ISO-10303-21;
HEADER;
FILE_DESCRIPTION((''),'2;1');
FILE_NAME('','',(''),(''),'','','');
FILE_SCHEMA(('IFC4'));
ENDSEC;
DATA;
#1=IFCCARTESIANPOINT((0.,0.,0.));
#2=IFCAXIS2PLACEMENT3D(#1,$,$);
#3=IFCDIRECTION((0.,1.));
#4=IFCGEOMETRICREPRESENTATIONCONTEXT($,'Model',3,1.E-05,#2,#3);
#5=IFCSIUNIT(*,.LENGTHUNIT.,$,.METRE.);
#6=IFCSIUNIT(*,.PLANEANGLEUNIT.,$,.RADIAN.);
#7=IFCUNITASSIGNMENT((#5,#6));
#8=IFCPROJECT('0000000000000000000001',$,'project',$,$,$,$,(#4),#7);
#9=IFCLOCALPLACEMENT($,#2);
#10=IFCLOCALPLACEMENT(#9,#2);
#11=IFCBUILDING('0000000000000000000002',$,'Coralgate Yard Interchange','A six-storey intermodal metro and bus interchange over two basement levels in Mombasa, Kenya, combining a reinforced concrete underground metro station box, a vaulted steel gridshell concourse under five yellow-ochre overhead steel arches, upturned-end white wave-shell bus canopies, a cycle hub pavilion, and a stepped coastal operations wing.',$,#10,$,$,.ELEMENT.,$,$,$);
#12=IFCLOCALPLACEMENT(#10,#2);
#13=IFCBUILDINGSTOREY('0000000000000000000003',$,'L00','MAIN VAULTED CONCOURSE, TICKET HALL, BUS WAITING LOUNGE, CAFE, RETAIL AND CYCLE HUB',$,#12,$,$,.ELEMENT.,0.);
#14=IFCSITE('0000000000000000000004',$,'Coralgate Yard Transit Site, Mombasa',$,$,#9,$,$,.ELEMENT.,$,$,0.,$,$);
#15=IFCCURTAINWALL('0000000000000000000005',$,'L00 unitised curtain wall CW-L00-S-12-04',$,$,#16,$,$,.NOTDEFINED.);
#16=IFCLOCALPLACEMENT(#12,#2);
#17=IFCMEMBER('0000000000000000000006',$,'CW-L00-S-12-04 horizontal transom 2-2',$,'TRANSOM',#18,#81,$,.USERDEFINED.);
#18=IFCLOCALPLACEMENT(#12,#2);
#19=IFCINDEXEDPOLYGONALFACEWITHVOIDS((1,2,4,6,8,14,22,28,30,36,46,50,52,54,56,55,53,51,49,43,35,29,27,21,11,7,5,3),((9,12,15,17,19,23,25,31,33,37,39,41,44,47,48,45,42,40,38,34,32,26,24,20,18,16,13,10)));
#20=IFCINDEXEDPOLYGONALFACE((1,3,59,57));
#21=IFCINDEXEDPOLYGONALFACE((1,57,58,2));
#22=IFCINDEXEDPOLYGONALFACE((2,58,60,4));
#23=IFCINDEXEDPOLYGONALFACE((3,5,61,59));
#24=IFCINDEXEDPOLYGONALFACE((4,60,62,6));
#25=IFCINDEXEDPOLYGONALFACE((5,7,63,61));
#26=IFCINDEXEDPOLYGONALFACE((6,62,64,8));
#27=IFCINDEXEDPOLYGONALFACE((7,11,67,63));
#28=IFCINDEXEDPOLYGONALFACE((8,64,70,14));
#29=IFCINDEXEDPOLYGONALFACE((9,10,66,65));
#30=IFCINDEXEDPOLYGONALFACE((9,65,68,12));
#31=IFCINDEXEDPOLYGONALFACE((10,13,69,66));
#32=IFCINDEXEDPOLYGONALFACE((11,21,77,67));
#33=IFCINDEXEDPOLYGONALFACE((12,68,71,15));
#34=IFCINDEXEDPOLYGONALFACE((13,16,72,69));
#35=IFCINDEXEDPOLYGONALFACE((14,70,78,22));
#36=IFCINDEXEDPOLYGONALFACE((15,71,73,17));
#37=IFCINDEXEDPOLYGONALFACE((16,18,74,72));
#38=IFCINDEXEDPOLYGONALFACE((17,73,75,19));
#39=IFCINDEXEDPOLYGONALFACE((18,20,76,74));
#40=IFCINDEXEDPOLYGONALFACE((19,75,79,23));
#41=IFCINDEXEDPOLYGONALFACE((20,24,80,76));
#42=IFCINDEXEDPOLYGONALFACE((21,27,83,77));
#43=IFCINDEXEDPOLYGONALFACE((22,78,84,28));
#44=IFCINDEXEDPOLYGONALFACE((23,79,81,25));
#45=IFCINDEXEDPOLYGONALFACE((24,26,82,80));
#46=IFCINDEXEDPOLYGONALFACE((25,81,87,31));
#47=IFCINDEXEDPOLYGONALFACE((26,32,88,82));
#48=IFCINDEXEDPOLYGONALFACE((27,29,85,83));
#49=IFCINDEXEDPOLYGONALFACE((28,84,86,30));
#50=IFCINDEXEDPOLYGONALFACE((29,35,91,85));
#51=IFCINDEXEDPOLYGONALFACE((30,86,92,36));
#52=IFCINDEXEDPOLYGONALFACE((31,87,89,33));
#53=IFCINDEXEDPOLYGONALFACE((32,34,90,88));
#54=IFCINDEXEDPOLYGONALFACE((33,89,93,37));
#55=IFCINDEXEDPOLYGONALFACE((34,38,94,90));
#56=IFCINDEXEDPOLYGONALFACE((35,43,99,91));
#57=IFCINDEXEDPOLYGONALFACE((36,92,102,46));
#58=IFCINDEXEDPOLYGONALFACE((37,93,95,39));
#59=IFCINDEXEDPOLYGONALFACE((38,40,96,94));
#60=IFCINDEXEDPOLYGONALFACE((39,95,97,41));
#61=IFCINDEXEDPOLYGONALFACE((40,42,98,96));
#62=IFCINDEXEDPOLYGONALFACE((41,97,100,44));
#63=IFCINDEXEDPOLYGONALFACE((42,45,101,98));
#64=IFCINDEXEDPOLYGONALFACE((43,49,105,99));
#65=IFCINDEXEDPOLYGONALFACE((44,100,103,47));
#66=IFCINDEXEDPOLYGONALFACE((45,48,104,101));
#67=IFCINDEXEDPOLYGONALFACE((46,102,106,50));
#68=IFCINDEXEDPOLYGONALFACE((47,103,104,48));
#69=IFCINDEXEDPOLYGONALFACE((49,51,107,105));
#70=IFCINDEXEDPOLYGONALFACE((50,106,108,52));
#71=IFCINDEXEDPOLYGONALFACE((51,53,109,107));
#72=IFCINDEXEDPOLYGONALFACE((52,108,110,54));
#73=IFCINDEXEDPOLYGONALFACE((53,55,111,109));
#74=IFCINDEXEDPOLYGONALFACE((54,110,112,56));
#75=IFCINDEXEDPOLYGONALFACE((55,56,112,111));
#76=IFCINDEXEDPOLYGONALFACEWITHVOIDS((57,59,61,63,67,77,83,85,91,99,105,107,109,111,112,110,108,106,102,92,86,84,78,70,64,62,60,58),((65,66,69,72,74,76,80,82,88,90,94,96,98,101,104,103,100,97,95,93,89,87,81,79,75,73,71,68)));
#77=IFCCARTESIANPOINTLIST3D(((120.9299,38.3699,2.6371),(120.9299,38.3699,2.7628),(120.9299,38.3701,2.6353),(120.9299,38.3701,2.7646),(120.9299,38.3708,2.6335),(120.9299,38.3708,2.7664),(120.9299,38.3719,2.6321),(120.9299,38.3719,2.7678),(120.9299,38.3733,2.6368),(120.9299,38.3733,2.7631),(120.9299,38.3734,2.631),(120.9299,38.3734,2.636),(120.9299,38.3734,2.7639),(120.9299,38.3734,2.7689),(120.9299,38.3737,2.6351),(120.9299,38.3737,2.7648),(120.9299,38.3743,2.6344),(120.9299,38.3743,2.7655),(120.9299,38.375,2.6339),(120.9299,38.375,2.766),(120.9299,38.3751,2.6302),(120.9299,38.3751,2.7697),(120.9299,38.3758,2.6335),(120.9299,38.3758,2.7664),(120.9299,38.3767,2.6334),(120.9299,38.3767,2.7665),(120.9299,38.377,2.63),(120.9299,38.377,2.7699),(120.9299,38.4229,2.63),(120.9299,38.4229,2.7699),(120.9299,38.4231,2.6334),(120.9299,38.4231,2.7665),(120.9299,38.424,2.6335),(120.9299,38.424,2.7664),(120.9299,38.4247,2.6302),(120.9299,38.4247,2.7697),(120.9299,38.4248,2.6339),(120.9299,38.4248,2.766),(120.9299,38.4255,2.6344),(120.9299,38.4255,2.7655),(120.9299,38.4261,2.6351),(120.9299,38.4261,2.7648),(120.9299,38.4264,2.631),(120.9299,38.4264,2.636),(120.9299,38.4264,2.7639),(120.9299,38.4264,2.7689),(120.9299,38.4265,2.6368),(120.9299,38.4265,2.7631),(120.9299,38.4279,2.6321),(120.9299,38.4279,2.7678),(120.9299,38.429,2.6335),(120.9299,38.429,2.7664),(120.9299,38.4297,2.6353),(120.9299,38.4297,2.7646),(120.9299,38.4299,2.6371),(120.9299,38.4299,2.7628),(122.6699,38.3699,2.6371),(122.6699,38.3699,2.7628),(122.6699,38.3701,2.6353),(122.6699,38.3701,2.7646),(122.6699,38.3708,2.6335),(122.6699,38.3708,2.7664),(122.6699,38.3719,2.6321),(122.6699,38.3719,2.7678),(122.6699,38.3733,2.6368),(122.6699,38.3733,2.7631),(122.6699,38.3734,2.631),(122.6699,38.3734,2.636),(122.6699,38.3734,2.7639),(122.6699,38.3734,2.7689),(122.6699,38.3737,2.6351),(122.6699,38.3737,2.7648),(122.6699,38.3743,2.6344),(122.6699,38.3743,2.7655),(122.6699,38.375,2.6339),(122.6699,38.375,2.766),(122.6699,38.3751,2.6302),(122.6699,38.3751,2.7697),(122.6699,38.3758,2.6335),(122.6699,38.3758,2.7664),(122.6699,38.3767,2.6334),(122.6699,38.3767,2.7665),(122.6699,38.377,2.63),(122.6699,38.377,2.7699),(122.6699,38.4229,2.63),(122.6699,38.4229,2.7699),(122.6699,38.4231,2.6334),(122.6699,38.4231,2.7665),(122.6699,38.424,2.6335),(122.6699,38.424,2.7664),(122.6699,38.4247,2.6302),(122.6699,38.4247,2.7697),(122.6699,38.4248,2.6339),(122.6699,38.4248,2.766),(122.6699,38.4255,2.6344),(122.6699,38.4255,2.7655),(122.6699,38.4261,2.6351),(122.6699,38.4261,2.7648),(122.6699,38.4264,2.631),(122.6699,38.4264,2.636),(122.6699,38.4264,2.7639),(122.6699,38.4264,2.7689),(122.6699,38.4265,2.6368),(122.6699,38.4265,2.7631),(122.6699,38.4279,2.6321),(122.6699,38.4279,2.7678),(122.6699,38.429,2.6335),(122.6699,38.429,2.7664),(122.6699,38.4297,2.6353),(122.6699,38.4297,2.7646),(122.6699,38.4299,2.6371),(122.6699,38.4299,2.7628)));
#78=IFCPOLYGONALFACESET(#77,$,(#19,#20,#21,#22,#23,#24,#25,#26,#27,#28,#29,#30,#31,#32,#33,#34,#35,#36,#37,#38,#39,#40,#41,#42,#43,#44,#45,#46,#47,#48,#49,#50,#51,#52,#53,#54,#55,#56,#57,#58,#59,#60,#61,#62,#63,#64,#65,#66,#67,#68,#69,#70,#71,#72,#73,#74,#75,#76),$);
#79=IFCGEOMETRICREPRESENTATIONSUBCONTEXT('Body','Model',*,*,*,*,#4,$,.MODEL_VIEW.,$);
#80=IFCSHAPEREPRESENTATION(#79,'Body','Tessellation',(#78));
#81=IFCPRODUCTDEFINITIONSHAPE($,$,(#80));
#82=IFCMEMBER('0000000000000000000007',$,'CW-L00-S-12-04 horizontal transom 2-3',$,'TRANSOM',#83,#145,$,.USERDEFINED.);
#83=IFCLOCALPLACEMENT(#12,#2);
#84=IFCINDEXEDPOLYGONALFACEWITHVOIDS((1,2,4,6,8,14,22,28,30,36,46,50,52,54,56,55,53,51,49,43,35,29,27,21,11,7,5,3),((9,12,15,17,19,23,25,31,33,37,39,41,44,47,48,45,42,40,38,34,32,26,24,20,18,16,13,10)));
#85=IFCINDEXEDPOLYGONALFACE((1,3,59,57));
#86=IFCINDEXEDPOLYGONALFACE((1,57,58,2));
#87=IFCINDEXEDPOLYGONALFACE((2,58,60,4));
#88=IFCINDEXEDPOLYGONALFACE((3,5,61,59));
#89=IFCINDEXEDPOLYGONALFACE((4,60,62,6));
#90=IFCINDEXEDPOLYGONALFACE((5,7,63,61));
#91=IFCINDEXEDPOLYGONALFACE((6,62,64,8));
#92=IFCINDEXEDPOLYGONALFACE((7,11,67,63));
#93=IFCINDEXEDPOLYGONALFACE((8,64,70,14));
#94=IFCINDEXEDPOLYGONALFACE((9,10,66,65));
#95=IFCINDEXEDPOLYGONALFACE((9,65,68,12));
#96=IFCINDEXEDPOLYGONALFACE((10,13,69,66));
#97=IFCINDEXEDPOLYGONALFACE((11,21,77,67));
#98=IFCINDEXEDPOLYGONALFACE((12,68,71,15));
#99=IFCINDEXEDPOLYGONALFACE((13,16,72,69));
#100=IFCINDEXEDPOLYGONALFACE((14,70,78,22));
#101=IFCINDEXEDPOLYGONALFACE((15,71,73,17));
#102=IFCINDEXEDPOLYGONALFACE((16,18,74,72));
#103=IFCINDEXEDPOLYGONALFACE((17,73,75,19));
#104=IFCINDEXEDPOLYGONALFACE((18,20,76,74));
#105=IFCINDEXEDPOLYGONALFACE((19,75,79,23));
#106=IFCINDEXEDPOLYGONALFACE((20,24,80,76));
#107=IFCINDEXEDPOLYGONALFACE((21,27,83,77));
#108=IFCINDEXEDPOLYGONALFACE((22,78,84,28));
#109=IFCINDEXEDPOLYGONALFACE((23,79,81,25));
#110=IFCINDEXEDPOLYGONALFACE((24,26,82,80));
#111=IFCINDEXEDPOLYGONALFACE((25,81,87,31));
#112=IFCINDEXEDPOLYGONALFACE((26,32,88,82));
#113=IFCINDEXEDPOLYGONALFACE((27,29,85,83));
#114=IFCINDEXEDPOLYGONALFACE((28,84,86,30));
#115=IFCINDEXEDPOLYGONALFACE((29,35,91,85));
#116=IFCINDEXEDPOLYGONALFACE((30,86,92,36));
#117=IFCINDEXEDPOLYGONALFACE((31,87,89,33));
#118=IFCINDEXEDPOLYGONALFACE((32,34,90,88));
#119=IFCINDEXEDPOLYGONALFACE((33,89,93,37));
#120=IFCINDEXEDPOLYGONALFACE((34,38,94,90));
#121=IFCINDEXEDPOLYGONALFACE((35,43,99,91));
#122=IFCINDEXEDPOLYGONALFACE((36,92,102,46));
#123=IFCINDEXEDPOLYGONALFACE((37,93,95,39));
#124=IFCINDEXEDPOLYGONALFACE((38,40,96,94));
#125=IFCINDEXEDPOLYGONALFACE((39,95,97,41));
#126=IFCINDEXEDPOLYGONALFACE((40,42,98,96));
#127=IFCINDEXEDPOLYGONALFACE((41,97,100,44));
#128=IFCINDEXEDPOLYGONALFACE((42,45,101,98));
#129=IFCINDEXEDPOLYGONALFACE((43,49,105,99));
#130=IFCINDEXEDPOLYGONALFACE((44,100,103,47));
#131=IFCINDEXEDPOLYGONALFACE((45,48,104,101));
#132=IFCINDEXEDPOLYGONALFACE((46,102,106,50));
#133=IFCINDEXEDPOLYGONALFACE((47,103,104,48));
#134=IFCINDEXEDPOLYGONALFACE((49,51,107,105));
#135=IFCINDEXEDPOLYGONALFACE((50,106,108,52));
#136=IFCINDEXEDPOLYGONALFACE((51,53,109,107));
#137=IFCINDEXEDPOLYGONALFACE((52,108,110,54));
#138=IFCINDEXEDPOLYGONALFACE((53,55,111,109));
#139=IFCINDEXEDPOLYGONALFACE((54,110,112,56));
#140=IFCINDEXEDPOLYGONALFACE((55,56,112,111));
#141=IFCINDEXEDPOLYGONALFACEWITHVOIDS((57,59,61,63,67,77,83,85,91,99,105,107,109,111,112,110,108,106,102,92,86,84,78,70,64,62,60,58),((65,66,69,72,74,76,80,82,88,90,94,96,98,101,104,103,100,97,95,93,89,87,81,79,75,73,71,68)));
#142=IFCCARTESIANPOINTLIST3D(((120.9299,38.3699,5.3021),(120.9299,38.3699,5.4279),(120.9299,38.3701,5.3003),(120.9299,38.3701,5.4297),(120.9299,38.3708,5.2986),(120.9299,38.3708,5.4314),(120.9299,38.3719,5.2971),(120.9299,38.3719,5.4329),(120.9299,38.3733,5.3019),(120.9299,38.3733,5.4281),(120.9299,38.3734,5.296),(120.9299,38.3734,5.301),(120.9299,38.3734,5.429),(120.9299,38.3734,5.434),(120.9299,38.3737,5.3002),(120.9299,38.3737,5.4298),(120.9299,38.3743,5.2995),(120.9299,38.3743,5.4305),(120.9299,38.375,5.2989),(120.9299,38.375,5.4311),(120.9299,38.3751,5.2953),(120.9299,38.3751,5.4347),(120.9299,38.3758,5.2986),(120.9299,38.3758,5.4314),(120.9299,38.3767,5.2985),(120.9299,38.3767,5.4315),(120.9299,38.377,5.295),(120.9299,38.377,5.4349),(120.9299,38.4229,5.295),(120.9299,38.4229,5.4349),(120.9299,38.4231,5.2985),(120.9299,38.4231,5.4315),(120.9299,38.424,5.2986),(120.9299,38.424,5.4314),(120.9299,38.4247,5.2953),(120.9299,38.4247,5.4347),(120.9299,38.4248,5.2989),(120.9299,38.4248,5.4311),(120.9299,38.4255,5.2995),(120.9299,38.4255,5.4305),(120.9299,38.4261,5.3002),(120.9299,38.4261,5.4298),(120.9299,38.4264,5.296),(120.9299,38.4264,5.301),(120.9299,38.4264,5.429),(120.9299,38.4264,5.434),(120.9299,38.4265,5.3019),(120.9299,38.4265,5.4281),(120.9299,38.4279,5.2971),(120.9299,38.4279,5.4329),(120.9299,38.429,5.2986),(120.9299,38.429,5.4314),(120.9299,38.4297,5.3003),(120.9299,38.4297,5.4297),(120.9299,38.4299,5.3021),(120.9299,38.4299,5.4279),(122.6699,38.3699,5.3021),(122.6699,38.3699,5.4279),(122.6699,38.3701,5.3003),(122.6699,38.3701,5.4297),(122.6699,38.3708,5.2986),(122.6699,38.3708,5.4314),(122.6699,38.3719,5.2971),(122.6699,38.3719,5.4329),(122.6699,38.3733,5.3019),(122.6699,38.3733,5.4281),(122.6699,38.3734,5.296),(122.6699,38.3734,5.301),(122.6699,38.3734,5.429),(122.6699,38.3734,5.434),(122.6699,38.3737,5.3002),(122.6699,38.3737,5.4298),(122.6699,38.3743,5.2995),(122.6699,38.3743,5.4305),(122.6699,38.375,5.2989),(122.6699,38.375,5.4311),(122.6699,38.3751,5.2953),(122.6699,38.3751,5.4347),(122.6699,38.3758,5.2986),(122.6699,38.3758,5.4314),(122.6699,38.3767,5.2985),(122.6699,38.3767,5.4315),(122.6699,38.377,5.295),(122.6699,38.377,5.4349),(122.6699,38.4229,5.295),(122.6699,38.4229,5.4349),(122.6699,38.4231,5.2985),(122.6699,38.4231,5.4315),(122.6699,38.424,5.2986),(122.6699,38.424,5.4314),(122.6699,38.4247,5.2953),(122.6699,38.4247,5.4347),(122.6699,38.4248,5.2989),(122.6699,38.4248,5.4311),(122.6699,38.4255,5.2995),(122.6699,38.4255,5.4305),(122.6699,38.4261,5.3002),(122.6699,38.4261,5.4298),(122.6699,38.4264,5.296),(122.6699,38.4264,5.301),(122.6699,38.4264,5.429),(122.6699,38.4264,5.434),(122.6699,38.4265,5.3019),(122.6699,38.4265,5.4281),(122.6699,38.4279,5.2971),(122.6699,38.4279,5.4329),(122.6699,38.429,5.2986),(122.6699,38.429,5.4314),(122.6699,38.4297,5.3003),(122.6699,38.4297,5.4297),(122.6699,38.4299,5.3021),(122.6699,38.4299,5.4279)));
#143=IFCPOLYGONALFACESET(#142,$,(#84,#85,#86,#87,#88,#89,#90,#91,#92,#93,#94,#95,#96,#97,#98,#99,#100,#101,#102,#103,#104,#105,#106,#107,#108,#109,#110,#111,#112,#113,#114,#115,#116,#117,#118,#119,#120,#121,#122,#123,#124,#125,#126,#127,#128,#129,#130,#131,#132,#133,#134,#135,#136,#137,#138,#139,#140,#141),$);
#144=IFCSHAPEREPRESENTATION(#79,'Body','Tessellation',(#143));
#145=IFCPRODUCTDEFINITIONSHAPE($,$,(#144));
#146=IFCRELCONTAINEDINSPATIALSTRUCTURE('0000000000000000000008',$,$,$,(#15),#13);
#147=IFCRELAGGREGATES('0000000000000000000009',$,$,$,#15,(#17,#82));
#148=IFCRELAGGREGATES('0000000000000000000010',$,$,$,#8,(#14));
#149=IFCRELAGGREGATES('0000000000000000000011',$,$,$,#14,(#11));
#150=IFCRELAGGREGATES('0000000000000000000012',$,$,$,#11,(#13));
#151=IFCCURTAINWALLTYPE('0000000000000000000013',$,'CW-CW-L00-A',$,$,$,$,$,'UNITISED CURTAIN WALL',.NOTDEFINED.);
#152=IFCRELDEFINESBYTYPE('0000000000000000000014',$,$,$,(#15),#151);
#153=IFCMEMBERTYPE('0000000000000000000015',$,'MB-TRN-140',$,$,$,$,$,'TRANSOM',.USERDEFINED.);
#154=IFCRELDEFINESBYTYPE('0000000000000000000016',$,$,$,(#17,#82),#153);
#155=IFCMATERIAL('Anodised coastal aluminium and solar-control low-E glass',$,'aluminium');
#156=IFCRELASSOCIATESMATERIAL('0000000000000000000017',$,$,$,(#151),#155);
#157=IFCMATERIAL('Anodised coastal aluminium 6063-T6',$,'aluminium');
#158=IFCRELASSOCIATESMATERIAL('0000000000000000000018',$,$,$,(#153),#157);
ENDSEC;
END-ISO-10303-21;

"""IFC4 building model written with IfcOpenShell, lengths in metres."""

from ifc_helpers import new_model, si_unit, direction, frame, origin, origin_2d, place, context, subcontext, project, spatial, hollow_rectangle, extrude, material, material_profile, profile_set, type_object, element, aggregate, save


model = new_model("IFC4")

# Units and contexts
model_context = context("Model", 3, precision=1e-05, world=origin(), true_north=direction((0.0, 1.0)))
body_context = subcontext(model_context, "Body", "Model", "MODEL_VIEW")
ifc_project = project(units=[si_unit("LENGTHUNIT", "METRE"), si_unit("PLANEANGLEUNIT", "RADIAN")], contexts=[model_context])

# Site, building, storey
site_placement = place(None, origin())
site = spatial("IfcSite", under=ifc_project, at=site_placement, Name="Coralgate Yard Transit Site, Mombasa", CompositionType="ELEMENT", RefElevation=0.0)
building_placement = place(site_placement, origin())
building = spatial("IfcBuilding", under=site, at=building_placement, Name="Coralgate Yard Interchange", Description="A six-storey intermodal metro and bus interchange over two basement levels in Mombasa, Kenya, combining a reinforced concrete underground metro station box, a vaulted steel gridshell concourse under five yellow-ochre overhead steel arches, upturned-end white wave-shell bus canopies, a cycle hub pavilion, and a stepped coastal operations wing.", CompositionType="ELEMENT")
storey_placement = place(building_placement, origin())
storey = spatial("IfcBuildingStorey", under=building, at=storey_placement, Name="L00", Description="MAIN VAULTED CONCOURSE, TICKET HALL, BUS WAITING LOUNGE, CAFE, RETAIL AND CYCLE HUB", CompositionType="ELEMENT", Elevation=0.0)

# Curtain wall, members
ifc_material_1 = material(Name="Anodised coastal aluminium and solar-control low-E glass", Category="aluminium")
curtain_wall_type = type_object("IfcCurtainWallType", Name="CW-CW-L00-A", ElementType="UNITISED CURTAIN WALL", PredefinedType="NOTDEFINED", material=ifc_material_1)
curtain_wall_placement = place(storey_placement, origin())
curtain_wall = element("IfcCurtainWall", 1, at=curtain_wall_placement, inside=storey, type_object=curtain_wall_type, Name="L00 unitised curtain wall CW-L00-S-12-04", PredefinedType="NOTDEFINED")
ifc_material_2 = material(Name="Anodised coastal aluminium 6063-T6", Category="aluminium")
ifc_material_profile_1 = material_profile(ifc_material_2, hollow_rectangle(XDim=0.0601, YDim=0.1399, WallThickness=0.0034, InnerFilletRadius=0.0034, OuterFilletRadius=0.0071, at=origin_2d()), Name="ALU 60x140x3.5")
ifc_profile_set_1 = profile_set([ifc_material_profile_1], Name="Anodised coastal aluminium 6063-T6")
member_type_1 = type_object("IfcMemberType", Name="MB-TRN-140", ElementType="TRANSOM", PredefinedType="USERDEFINED", material=ifc_profile_set_1)
member_1_placement = place(storey_placement, frame((122.6699, 38.3999, 2.7), z_axis=(-1.0, 0.0, 0.0), x_axis=(0.0, -1.0, 0.0)))
member_1 = element("IfcMember", 2, at=member_1_placement, type_object=member_type_1, Name="CW-L00-S-12-04 horizontal transom 2-2", ObjectType="TRANSOM", PredefinedType="USERDEFINED", context=body_context, shape_type="SweptSolid", body=[
    extrude(hollow_rectangle(XDim=0.0601, YDim=0.1399, WallThickness=0.0034, InnerFilletRadius=0.0034, OuterFilletRadius=0.0071, at=origin_2d()), origin(), (0.0, 0.0, 1.0), 1.74),
])
member_2_placement = place(storey_placement, frame((122.6699, 38.3999, 5.365), z_axis=(-1.0, 0.0, 0.0), x_axis=(0.0, -1.0, 0.0)))
member_2 = element("IfcMember", 3, at=member_2_placement, type_object=member_type_1, Name="CW-L00-S-12-04 horizontal transom 2-3", ObjectType="TRANSOM", PredefinedType="USERDEFINED", context=body_context, shape_type="SweptSolid", body=[
    extrude(hollow_rectangle(XDim=0.0601, YDim=0.1399, WallThickness=0.0034, InnerFilletRadius=0.0034, OuterFilletRadius=0.0071, at=origin_2d()), origin(), (0.0, 0.0, 1.0), 1.74),
])
aggregate(curtain_wall, [member_1, member_2])

save(model, "model.ifc")
